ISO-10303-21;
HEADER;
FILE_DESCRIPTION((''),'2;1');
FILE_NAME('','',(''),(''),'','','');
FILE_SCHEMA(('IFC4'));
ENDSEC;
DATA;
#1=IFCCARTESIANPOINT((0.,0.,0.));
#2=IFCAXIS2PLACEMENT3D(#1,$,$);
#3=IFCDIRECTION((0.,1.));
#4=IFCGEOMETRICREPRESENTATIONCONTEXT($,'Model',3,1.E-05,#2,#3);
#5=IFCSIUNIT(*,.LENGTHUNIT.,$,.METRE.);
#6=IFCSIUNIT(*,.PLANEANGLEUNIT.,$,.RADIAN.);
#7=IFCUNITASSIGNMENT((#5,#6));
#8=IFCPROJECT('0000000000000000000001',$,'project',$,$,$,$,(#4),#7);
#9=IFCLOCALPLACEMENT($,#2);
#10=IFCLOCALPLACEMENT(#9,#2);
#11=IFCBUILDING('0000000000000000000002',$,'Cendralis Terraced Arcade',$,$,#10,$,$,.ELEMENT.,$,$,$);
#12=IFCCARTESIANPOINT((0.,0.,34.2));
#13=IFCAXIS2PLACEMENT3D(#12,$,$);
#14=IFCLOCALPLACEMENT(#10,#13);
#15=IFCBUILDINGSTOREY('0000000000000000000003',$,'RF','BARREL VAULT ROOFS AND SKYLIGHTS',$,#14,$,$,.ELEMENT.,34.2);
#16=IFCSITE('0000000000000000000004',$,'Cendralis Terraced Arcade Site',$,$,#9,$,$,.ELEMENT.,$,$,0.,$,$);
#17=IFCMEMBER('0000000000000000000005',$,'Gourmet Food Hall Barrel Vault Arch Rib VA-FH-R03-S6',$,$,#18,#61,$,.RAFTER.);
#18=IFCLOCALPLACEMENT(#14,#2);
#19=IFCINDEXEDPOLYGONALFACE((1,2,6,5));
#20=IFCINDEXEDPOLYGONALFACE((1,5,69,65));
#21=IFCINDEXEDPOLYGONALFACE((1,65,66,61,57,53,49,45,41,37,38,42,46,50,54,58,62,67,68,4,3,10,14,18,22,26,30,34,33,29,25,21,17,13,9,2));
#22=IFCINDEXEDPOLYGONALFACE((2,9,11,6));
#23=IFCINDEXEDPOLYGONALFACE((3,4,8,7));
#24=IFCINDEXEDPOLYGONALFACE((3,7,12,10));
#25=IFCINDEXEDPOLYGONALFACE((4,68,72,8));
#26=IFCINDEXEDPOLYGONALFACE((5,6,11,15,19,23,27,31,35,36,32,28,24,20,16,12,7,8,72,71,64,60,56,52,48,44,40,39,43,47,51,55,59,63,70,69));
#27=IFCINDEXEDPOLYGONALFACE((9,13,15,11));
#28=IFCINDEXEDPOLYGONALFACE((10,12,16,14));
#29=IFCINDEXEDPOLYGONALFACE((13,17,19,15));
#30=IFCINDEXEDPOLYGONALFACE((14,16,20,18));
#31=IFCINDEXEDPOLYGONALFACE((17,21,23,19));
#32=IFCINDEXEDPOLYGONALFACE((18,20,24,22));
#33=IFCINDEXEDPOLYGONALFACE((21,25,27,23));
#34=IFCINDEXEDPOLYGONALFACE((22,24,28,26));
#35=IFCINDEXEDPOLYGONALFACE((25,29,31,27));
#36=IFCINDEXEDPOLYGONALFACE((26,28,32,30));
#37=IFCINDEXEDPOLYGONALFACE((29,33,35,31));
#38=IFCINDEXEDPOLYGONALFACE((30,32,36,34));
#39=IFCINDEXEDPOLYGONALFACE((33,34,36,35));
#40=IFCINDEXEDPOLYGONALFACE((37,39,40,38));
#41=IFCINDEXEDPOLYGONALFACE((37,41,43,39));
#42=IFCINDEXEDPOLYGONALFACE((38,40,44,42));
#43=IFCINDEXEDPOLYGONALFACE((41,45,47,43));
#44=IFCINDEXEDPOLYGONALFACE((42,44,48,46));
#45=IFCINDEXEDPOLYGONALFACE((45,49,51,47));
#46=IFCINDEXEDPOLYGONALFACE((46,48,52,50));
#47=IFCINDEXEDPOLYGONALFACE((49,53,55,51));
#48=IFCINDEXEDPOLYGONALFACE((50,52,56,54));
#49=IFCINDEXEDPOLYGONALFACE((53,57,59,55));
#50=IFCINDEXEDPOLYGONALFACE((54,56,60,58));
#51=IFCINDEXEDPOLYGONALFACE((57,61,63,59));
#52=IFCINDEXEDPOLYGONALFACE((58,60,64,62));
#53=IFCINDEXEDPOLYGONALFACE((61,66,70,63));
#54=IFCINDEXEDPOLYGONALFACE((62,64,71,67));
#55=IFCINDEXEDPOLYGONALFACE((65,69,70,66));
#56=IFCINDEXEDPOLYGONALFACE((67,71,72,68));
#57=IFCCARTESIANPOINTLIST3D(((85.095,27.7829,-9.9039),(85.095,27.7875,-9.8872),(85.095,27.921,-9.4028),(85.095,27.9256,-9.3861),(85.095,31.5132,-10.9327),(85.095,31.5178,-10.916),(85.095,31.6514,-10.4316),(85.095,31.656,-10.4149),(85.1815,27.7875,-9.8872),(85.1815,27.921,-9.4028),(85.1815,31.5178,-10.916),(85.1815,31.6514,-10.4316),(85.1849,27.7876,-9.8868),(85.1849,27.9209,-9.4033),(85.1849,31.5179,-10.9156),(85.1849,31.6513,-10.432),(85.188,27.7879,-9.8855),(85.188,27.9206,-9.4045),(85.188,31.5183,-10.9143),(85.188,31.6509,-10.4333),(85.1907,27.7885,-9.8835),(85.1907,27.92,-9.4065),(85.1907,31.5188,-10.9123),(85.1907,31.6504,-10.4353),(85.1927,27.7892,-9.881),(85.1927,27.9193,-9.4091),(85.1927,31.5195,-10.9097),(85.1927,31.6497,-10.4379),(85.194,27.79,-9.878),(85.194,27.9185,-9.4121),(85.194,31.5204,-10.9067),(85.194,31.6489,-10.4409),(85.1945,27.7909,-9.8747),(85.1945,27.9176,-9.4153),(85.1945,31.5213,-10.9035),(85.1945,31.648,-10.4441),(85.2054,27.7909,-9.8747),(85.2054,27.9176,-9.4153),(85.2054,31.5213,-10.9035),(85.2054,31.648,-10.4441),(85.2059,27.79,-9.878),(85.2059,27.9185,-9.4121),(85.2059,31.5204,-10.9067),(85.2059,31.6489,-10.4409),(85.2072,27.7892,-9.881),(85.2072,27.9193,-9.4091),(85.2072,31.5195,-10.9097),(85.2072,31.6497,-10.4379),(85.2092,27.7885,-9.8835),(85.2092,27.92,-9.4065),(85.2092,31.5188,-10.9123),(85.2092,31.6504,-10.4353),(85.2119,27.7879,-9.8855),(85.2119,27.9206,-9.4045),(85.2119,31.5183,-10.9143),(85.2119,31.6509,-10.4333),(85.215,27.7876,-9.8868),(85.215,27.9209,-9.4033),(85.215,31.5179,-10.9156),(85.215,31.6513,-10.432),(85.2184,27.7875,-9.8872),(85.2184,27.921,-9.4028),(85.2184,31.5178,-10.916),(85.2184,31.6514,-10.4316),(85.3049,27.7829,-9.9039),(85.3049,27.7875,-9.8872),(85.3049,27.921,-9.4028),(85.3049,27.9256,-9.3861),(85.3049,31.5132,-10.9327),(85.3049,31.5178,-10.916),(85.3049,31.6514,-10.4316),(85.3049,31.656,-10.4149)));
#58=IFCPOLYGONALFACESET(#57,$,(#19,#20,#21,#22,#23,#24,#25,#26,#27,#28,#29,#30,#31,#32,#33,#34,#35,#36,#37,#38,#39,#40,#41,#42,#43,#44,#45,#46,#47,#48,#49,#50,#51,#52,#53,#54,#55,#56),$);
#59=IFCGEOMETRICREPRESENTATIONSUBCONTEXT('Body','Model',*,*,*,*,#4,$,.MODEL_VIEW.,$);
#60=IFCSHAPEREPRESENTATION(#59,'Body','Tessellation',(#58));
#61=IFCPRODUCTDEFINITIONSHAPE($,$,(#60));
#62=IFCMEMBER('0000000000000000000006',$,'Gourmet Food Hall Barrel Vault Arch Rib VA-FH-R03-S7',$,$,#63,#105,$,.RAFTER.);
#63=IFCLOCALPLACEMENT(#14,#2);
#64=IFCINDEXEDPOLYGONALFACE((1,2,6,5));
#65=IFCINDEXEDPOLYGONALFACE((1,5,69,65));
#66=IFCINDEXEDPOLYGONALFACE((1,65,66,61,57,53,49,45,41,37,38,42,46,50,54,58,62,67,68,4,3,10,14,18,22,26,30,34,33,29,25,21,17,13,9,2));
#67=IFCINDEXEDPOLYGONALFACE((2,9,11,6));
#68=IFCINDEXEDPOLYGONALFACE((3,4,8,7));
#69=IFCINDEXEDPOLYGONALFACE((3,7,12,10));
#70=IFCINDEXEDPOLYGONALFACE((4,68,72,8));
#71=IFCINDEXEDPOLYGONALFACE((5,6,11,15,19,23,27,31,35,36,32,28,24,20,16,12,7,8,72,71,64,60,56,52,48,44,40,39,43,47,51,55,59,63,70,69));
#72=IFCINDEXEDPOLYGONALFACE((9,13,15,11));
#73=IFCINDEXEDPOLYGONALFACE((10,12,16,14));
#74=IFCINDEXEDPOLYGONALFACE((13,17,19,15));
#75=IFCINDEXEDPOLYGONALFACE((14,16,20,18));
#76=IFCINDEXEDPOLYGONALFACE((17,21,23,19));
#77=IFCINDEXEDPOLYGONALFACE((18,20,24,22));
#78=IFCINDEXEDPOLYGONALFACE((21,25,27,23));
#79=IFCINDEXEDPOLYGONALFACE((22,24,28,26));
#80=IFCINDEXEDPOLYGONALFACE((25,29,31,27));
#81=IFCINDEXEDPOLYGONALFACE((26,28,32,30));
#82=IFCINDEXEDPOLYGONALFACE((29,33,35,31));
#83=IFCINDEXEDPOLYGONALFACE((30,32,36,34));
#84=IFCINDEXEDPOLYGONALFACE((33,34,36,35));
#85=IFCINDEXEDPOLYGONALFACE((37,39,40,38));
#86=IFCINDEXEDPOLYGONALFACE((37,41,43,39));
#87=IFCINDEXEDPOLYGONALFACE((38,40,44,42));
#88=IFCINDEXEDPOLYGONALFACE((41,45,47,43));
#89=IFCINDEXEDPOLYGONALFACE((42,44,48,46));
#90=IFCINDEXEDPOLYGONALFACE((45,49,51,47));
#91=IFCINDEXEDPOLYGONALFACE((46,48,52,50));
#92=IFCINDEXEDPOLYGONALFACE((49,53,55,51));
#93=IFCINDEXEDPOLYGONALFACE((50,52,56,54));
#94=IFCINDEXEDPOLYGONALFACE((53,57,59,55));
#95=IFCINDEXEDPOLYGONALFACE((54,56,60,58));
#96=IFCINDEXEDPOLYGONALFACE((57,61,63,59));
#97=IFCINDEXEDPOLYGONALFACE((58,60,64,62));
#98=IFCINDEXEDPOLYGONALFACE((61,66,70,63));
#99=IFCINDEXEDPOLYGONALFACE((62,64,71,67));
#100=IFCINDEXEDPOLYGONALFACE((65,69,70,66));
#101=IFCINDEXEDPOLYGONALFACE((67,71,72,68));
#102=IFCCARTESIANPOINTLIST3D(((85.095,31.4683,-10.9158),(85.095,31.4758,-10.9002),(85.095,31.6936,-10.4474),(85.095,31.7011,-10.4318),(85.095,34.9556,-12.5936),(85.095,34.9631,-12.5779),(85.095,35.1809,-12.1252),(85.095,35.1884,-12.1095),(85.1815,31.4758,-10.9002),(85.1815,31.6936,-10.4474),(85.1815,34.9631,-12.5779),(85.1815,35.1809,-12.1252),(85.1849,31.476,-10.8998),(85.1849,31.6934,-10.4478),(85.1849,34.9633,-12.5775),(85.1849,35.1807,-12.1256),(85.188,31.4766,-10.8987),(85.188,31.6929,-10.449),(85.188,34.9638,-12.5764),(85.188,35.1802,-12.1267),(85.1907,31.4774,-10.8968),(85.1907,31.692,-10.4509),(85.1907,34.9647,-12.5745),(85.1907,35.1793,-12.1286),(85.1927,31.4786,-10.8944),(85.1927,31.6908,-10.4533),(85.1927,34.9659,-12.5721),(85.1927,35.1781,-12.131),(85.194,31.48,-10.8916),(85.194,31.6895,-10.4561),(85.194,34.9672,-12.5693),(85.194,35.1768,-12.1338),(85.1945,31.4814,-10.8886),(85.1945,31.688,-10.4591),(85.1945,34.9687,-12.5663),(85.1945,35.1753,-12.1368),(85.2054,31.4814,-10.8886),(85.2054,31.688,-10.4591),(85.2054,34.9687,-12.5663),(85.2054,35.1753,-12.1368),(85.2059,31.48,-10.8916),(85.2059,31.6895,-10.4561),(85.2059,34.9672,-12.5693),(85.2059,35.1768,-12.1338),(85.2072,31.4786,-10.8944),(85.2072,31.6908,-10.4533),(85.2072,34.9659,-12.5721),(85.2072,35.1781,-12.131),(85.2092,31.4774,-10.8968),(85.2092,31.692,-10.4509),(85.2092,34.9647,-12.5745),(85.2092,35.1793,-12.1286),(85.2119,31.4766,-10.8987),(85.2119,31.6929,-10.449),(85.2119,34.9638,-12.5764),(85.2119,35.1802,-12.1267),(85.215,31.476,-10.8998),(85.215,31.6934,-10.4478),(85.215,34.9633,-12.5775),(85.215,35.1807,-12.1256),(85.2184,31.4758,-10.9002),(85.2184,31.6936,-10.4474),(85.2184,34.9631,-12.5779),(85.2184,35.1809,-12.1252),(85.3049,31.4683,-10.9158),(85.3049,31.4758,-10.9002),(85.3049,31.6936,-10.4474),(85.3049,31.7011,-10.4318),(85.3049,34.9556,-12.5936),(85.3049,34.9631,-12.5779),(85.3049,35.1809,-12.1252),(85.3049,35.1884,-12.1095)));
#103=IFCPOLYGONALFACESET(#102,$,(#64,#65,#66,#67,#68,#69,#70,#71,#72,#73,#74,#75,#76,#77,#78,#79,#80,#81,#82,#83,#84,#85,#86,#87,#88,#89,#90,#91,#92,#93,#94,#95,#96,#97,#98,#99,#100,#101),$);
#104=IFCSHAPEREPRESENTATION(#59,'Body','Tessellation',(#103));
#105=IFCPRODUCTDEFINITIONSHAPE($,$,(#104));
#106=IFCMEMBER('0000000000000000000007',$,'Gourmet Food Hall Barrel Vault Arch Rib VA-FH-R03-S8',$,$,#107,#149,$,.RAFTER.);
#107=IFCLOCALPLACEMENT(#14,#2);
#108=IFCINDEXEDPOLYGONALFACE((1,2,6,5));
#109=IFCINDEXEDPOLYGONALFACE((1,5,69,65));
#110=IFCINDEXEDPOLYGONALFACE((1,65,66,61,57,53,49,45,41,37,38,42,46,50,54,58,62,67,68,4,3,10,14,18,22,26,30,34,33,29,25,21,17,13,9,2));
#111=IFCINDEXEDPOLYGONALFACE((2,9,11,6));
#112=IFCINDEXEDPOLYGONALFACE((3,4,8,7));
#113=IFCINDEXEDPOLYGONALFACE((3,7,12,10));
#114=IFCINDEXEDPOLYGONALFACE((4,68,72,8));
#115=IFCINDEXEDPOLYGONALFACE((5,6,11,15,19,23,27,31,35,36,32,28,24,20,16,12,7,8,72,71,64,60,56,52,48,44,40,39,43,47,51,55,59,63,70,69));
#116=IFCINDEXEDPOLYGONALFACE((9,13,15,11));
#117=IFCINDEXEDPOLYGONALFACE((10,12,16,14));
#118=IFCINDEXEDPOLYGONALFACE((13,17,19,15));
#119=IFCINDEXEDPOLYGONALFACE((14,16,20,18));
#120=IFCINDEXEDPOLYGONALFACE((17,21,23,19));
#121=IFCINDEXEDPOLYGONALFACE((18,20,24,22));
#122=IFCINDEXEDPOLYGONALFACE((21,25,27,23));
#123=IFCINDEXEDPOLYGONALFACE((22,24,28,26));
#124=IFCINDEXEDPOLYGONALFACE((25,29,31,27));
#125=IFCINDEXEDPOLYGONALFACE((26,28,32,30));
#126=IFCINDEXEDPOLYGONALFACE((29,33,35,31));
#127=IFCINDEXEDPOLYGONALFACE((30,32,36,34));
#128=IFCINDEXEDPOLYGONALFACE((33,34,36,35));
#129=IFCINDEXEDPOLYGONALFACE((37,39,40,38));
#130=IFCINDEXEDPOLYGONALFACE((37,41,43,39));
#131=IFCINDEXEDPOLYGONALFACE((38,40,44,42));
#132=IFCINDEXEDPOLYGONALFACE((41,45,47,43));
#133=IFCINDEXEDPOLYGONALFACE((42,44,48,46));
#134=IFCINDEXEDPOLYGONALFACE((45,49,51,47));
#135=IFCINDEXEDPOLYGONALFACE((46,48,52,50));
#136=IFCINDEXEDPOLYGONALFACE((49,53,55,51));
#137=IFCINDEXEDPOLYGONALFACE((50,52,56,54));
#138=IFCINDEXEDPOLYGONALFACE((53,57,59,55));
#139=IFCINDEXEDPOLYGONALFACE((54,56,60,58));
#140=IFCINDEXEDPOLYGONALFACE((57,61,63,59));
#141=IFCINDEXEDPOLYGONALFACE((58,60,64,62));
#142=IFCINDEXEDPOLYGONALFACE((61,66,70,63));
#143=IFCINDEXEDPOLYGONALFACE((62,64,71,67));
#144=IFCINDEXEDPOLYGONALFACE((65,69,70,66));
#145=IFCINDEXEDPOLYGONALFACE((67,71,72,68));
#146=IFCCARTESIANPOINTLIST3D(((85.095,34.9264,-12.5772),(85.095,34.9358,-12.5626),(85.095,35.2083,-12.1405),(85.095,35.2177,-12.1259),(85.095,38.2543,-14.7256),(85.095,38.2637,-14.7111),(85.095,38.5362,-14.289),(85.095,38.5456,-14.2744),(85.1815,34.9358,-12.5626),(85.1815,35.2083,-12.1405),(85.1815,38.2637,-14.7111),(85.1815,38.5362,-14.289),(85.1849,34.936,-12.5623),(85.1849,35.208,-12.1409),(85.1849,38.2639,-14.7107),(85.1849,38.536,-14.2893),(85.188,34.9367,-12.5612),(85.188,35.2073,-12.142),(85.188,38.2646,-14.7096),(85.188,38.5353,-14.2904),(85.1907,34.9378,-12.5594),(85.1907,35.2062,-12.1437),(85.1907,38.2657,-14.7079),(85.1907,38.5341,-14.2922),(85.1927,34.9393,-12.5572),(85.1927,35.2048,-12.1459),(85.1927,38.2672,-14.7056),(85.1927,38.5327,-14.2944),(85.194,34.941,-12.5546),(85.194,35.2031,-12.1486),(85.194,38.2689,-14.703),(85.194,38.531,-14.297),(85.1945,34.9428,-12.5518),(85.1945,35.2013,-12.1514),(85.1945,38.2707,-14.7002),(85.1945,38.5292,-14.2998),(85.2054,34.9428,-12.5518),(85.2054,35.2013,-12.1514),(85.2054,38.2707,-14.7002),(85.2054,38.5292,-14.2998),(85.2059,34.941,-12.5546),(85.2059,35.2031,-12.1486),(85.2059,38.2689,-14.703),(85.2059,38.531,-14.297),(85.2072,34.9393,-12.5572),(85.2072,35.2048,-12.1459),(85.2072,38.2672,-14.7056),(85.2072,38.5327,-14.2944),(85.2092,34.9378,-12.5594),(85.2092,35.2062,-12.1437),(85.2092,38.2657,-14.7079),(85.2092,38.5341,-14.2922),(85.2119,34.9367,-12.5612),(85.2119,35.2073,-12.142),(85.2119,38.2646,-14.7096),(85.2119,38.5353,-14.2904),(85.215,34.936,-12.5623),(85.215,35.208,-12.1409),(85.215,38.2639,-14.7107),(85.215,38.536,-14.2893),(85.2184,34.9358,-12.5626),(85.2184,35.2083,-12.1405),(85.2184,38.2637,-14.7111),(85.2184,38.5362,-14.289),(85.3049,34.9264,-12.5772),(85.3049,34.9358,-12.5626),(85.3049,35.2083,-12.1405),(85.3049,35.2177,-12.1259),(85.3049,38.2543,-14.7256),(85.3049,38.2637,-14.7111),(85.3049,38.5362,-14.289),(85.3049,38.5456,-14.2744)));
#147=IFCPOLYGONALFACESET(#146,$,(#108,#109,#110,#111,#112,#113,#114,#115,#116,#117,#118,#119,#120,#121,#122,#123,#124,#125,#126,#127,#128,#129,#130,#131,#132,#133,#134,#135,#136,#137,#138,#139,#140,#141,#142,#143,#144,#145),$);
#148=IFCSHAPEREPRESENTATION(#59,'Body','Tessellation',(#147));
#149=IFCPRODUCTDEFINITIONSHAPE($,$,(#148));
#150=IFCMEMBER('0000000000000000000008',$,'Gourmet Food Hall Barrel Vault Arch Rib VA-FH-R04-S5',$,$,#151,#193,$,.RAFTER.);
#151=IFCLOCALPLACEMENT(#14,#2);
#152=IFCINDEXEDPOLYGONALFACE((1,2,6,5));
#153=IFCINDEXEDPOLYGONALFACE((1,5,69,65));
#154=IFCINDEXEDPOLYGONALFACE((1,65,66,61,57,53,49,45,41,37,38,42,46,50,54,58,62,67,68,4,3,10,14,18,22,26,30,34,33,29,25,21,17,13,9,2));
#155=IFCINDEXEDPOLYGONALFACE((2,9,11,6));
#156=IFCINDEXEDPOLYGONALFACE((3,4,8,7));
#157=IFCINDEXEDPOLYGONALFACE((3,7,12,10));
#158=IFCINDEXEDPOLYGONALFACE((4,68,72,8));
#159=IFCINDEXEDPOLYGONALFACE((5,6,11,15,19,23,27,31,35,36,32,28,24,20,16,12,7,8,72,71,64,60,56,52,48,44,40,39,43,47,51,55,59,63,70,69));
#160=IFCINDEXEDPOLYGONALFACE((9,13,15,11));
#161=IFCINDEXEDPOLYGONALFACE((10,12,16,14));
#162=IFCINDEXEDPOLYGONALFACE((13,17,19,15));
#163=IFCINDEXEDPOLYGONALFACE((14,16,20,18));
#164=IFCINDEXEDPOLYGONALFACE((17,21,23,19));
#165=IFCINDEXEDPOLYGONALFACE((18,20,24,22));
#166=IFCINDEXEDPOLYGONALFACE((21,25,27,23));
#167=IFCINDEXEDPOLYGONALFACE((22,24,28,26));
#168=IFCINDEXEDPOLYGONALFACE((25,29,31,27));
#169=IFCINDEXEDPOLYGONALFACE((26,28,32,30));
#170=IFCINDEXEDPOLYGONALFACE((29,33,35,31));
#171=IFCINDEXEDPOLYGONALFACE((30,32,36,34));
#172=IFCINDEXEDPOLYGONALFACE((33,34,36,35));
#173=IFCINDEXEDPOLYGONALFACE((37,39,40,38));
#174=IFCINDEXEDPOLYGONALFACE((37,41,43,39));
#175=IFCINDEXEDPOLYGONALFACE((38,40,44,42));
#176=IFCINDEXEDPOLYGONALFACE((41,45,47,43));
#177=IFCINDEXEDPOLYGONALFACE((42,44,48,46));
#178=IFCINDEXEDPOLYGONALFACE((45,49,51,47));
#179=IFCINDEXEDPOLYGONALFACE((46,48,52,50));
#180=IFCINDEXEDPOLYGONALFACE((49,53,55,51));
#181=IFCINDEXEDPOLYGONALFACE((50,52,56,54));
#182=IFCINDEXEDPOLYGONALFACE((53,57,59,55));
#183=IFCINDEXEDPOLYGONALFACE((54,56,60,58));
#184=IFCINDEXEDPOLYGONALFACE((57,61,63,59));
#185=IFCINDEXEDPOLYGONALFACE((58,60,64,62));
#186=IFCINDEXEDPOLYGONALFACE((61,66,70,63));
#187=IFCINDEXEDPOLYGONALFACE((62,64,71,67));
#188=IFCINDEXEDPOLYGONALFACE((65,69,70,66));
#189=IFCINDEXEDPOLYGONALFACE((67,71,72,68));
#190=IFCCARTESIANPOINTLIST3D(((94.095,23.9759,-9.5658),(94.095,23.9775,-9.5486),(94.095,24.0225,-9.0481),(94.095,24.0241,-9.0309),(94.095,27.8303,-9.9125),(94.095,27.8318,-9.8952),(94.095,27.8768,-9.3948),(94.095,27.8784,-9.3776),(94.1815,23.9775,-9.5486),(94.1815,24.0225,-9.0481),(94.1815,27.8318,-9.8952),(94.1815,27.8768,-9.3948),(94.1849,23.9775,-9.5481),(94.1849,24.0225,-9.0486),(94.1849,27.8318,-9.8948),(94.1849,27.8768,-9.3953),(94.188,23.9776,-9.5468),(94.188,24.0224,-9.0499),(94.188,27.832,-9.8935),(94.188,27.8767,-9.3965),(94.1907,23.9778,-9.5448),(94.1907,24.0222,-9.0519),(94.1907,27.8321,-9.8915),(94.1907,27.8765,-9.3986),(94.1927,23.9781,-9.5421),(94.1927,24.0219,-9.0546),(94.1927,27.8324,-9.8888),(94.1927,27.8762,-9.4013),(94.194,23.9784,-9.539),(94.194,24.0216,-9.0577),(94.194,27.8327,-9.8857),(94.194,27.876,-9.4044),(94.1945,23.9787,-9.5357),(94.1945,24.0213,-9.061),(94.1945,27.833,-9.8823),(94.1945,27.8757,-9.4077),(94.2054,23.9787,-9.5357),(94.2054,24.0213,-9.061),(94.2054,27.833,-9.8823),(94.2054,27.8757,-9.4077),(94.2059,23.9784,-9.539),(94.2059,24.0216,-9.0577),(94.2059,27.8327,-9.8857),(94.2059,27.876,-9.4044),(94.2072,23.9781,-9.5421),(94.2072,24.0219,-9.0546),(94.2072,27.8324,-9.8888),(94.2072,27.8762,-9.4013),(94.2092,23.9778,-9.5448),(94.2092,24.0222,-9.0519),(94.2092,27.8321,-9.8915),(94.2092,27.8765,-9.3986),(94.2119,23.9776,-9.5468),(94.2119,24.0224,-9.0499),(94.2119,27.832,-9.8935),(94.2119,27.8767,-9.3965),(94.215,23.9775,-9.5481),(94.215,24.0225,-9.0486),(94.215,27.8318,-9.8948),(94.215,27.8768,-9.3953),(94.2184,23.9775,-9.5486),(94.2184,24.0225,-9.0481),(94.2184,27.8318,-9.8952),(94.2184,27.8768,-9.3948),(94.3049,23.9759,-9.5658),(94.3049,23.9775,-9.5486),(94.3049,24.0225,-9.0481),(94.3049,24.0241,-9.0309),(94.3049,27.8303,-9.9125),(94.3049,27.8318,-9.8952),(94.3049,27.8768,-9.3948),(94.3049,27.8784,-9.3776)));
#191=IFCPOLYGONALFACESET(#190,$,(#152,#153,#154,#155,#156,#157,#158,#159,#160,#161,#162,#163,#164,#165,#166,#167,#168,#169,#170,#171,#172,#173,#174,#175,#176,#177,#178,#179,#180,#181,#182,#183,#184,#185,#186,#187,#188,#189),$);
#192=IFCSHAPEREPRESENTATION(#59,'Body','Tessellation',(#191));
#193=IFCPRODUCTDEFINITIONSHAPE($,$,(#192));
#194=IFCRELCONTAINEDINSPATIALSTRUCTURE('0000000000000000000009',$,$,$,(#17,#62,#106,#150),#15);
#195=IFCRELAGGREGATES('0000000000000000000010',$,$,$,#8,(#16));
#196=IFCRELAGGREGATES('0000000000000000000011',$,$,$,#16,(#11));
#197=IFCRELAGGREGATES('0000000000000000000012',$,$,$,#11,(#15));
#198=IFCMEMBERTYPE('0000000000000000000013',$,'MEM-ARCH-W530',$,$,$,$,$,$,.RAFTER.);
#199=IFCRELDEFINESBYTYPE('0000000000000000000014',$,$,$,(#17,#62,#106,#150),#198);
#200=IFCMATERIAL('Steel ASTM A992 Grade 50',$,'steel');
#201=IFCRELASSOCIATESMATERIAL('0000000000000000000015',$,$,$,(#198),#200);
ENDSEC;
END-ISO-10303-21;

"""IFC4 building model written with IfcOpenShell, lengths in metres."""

from ifc_helpers import new_model, si_unit, direction, frame, origin, origin_2d, place, context, subcontext, project, spatial, i_section, extrude, material, material_profile, profile_set, type_object, element, save


model = new_model("IFC4")

# Units and contexts
model_context = context("Model", 3, precision=1e-05, world=origin(), true_north=direction((0.0, 1.0)))
body_context = subcontext(model_context, "Body", "Model", "MODEL_VIEW")
ifc_project = project(units=[si_unit("LENGTHUNIT", "METRE"), si_unit("PLANEANGLEUNIT", "RADIAN")], contexts=[model_context])

# Site, building, storey
site_placement = place(None, origin())
site = spatial("IfcSite", under=ifc_project, at=site_placement, Name="Cendralis Terraced Arcade Site", CompositionType="ELEMENT", RefElevation=0.0)
building_placement = place(site_placement, origin())
building = spatial("IfcBuilding", under=site, at=building_placement, Name="Cendralis Terraced Arcade", CompositionType="ELEMENT")
storey_placement = place(building_placement, frame((0.0, 0.0, 34.2)))
storey = spatial("IfcBuildingStorey", under=building, at=storey_placement, Name="RF", Description="BARREL VAULT ROOFS AND SKYLIGHTS", CompositionType="ELEMENT", Elevation=34.2)

# Members
ifc_material_1 = material(Name="Steel ASTM A992 Grade 50", Category="steel")
ifc_material_profile_1 = material_profile(ifc_material_1, i_section(OverallWidth=0.21, OverallDepth=0.5371, WebThickness=0.011, FlangeThickness=0.0173, FilletRadius=0.0129, at=origin_2d()), Name="W530X101", Category="LoadBearing")
ifc_profile_set_1 = profile_set([ifc_material_profile_1], Name="Steel ASTM A992 Grade 50")
member_type_1 = type_object("IfcMemberType", Name="MEM-ARCH-W530", PredefinedType="RAFTER", material=ifc_profile_set_1)
member_1_placement = place(storey_placement, frame((85.2, 27.8542, -9.645), z_axis=(0.0, 0.964012, -0.26586), x_axis=(-1.0, 0.0, 0.0)))
element("IfcMember", 1, at=member_1_placement, inside=storey, type_object=member_type_1, Name="Gourmet Food Hall Barrel Vault Arch Rib VA-FH-R03-S6", PredefinedType="RAFTER", context=body_context, shape_type="SweptSolid", body=[
    extrude(i_section(OverallWidth=0.21, OverallDepth=0.5371, WebThickness=0.011, FlangeThickness=0.0173, FilletRadius=0.0129, at=origin_2d()), origin(), (0.0, 0.0, 1.0), 3.8696),
])
member_2_placement = place(storey_placement, frame((85.2, 31.5847, -10.6738), z_axis=(0.0, 0.901137, -0.433535), x_axis=(-1.0, 0.0, 0.0)))
element("IfcMember", 2, at=member_2_placement, inside=storey, type_object=member_type_1, Name="Gourmet Food Hall Barrel Vault Arch Rib VA-FH-R03-S7", PredefinedType="RAFTER", context=body_context, shape_type="SweptSolid", body=[
    extrude(i_section(OverallWidth=0.21, OverallDepth=0.5371, WebThickness=0.011, FlangeThickness=0.0173, FilletRadius=0.0129, at=origin_2d()), origin(), (0.0, 0.0, 1.0), 3.8699),
])
member_3_placement = place(storey_placement, frame((85.2, 35.072, -12.3516), z_axis=(0.0, 0.840134, -0.54238), x_axis=(-1.0, 0.0, 0.0)))
element("IfcMember", 3, at=member_3_placement, inside=storey, type_object=member_type_1, Name="Gourmet Food Hall Barrel Vault Arch Rib VA-FH-R03-S8", PredefinedType="RAFTER", context=body_context, shape_type="SweptSolid", body=[
    extrude(i_section(OverallWidth=0.21, OverallDepth=0.5371, WebThickness=0.011, FlangeThickness=0.0173, FilletRadius=0.0129, at=origin_2d()), origin(), (0.0, 0.0, 1.0), 3.9612),
])
member_4_placement = place(storey_placement, frame((94.2, 24.0, -9.2983), z_axis=(0.0, 0.995979, -0.089586), x_axis=(-1.0, 0.0, 0.0)))
element("IfcMember", 4, at=member_4_placement, inside=storey, type_object=member_type_1, Name="Gourmet Food Hall Barrel Vault Arch Rib VA-FH-R04-S5", PredefinedType="RAFTER", context=body_context, shape_type="SweptSolid", body=[
    extrude(i_section(OverallWidth=0.21, OverallDepth=0.5371, WebThickness=0.011, FlangeThickness=0.0173, FilletRadius=0.0129, at=origin_2d()), origin(), (0.0, 0.0, 1.0), 3.8699),
])

save(model, "model.ifc")
